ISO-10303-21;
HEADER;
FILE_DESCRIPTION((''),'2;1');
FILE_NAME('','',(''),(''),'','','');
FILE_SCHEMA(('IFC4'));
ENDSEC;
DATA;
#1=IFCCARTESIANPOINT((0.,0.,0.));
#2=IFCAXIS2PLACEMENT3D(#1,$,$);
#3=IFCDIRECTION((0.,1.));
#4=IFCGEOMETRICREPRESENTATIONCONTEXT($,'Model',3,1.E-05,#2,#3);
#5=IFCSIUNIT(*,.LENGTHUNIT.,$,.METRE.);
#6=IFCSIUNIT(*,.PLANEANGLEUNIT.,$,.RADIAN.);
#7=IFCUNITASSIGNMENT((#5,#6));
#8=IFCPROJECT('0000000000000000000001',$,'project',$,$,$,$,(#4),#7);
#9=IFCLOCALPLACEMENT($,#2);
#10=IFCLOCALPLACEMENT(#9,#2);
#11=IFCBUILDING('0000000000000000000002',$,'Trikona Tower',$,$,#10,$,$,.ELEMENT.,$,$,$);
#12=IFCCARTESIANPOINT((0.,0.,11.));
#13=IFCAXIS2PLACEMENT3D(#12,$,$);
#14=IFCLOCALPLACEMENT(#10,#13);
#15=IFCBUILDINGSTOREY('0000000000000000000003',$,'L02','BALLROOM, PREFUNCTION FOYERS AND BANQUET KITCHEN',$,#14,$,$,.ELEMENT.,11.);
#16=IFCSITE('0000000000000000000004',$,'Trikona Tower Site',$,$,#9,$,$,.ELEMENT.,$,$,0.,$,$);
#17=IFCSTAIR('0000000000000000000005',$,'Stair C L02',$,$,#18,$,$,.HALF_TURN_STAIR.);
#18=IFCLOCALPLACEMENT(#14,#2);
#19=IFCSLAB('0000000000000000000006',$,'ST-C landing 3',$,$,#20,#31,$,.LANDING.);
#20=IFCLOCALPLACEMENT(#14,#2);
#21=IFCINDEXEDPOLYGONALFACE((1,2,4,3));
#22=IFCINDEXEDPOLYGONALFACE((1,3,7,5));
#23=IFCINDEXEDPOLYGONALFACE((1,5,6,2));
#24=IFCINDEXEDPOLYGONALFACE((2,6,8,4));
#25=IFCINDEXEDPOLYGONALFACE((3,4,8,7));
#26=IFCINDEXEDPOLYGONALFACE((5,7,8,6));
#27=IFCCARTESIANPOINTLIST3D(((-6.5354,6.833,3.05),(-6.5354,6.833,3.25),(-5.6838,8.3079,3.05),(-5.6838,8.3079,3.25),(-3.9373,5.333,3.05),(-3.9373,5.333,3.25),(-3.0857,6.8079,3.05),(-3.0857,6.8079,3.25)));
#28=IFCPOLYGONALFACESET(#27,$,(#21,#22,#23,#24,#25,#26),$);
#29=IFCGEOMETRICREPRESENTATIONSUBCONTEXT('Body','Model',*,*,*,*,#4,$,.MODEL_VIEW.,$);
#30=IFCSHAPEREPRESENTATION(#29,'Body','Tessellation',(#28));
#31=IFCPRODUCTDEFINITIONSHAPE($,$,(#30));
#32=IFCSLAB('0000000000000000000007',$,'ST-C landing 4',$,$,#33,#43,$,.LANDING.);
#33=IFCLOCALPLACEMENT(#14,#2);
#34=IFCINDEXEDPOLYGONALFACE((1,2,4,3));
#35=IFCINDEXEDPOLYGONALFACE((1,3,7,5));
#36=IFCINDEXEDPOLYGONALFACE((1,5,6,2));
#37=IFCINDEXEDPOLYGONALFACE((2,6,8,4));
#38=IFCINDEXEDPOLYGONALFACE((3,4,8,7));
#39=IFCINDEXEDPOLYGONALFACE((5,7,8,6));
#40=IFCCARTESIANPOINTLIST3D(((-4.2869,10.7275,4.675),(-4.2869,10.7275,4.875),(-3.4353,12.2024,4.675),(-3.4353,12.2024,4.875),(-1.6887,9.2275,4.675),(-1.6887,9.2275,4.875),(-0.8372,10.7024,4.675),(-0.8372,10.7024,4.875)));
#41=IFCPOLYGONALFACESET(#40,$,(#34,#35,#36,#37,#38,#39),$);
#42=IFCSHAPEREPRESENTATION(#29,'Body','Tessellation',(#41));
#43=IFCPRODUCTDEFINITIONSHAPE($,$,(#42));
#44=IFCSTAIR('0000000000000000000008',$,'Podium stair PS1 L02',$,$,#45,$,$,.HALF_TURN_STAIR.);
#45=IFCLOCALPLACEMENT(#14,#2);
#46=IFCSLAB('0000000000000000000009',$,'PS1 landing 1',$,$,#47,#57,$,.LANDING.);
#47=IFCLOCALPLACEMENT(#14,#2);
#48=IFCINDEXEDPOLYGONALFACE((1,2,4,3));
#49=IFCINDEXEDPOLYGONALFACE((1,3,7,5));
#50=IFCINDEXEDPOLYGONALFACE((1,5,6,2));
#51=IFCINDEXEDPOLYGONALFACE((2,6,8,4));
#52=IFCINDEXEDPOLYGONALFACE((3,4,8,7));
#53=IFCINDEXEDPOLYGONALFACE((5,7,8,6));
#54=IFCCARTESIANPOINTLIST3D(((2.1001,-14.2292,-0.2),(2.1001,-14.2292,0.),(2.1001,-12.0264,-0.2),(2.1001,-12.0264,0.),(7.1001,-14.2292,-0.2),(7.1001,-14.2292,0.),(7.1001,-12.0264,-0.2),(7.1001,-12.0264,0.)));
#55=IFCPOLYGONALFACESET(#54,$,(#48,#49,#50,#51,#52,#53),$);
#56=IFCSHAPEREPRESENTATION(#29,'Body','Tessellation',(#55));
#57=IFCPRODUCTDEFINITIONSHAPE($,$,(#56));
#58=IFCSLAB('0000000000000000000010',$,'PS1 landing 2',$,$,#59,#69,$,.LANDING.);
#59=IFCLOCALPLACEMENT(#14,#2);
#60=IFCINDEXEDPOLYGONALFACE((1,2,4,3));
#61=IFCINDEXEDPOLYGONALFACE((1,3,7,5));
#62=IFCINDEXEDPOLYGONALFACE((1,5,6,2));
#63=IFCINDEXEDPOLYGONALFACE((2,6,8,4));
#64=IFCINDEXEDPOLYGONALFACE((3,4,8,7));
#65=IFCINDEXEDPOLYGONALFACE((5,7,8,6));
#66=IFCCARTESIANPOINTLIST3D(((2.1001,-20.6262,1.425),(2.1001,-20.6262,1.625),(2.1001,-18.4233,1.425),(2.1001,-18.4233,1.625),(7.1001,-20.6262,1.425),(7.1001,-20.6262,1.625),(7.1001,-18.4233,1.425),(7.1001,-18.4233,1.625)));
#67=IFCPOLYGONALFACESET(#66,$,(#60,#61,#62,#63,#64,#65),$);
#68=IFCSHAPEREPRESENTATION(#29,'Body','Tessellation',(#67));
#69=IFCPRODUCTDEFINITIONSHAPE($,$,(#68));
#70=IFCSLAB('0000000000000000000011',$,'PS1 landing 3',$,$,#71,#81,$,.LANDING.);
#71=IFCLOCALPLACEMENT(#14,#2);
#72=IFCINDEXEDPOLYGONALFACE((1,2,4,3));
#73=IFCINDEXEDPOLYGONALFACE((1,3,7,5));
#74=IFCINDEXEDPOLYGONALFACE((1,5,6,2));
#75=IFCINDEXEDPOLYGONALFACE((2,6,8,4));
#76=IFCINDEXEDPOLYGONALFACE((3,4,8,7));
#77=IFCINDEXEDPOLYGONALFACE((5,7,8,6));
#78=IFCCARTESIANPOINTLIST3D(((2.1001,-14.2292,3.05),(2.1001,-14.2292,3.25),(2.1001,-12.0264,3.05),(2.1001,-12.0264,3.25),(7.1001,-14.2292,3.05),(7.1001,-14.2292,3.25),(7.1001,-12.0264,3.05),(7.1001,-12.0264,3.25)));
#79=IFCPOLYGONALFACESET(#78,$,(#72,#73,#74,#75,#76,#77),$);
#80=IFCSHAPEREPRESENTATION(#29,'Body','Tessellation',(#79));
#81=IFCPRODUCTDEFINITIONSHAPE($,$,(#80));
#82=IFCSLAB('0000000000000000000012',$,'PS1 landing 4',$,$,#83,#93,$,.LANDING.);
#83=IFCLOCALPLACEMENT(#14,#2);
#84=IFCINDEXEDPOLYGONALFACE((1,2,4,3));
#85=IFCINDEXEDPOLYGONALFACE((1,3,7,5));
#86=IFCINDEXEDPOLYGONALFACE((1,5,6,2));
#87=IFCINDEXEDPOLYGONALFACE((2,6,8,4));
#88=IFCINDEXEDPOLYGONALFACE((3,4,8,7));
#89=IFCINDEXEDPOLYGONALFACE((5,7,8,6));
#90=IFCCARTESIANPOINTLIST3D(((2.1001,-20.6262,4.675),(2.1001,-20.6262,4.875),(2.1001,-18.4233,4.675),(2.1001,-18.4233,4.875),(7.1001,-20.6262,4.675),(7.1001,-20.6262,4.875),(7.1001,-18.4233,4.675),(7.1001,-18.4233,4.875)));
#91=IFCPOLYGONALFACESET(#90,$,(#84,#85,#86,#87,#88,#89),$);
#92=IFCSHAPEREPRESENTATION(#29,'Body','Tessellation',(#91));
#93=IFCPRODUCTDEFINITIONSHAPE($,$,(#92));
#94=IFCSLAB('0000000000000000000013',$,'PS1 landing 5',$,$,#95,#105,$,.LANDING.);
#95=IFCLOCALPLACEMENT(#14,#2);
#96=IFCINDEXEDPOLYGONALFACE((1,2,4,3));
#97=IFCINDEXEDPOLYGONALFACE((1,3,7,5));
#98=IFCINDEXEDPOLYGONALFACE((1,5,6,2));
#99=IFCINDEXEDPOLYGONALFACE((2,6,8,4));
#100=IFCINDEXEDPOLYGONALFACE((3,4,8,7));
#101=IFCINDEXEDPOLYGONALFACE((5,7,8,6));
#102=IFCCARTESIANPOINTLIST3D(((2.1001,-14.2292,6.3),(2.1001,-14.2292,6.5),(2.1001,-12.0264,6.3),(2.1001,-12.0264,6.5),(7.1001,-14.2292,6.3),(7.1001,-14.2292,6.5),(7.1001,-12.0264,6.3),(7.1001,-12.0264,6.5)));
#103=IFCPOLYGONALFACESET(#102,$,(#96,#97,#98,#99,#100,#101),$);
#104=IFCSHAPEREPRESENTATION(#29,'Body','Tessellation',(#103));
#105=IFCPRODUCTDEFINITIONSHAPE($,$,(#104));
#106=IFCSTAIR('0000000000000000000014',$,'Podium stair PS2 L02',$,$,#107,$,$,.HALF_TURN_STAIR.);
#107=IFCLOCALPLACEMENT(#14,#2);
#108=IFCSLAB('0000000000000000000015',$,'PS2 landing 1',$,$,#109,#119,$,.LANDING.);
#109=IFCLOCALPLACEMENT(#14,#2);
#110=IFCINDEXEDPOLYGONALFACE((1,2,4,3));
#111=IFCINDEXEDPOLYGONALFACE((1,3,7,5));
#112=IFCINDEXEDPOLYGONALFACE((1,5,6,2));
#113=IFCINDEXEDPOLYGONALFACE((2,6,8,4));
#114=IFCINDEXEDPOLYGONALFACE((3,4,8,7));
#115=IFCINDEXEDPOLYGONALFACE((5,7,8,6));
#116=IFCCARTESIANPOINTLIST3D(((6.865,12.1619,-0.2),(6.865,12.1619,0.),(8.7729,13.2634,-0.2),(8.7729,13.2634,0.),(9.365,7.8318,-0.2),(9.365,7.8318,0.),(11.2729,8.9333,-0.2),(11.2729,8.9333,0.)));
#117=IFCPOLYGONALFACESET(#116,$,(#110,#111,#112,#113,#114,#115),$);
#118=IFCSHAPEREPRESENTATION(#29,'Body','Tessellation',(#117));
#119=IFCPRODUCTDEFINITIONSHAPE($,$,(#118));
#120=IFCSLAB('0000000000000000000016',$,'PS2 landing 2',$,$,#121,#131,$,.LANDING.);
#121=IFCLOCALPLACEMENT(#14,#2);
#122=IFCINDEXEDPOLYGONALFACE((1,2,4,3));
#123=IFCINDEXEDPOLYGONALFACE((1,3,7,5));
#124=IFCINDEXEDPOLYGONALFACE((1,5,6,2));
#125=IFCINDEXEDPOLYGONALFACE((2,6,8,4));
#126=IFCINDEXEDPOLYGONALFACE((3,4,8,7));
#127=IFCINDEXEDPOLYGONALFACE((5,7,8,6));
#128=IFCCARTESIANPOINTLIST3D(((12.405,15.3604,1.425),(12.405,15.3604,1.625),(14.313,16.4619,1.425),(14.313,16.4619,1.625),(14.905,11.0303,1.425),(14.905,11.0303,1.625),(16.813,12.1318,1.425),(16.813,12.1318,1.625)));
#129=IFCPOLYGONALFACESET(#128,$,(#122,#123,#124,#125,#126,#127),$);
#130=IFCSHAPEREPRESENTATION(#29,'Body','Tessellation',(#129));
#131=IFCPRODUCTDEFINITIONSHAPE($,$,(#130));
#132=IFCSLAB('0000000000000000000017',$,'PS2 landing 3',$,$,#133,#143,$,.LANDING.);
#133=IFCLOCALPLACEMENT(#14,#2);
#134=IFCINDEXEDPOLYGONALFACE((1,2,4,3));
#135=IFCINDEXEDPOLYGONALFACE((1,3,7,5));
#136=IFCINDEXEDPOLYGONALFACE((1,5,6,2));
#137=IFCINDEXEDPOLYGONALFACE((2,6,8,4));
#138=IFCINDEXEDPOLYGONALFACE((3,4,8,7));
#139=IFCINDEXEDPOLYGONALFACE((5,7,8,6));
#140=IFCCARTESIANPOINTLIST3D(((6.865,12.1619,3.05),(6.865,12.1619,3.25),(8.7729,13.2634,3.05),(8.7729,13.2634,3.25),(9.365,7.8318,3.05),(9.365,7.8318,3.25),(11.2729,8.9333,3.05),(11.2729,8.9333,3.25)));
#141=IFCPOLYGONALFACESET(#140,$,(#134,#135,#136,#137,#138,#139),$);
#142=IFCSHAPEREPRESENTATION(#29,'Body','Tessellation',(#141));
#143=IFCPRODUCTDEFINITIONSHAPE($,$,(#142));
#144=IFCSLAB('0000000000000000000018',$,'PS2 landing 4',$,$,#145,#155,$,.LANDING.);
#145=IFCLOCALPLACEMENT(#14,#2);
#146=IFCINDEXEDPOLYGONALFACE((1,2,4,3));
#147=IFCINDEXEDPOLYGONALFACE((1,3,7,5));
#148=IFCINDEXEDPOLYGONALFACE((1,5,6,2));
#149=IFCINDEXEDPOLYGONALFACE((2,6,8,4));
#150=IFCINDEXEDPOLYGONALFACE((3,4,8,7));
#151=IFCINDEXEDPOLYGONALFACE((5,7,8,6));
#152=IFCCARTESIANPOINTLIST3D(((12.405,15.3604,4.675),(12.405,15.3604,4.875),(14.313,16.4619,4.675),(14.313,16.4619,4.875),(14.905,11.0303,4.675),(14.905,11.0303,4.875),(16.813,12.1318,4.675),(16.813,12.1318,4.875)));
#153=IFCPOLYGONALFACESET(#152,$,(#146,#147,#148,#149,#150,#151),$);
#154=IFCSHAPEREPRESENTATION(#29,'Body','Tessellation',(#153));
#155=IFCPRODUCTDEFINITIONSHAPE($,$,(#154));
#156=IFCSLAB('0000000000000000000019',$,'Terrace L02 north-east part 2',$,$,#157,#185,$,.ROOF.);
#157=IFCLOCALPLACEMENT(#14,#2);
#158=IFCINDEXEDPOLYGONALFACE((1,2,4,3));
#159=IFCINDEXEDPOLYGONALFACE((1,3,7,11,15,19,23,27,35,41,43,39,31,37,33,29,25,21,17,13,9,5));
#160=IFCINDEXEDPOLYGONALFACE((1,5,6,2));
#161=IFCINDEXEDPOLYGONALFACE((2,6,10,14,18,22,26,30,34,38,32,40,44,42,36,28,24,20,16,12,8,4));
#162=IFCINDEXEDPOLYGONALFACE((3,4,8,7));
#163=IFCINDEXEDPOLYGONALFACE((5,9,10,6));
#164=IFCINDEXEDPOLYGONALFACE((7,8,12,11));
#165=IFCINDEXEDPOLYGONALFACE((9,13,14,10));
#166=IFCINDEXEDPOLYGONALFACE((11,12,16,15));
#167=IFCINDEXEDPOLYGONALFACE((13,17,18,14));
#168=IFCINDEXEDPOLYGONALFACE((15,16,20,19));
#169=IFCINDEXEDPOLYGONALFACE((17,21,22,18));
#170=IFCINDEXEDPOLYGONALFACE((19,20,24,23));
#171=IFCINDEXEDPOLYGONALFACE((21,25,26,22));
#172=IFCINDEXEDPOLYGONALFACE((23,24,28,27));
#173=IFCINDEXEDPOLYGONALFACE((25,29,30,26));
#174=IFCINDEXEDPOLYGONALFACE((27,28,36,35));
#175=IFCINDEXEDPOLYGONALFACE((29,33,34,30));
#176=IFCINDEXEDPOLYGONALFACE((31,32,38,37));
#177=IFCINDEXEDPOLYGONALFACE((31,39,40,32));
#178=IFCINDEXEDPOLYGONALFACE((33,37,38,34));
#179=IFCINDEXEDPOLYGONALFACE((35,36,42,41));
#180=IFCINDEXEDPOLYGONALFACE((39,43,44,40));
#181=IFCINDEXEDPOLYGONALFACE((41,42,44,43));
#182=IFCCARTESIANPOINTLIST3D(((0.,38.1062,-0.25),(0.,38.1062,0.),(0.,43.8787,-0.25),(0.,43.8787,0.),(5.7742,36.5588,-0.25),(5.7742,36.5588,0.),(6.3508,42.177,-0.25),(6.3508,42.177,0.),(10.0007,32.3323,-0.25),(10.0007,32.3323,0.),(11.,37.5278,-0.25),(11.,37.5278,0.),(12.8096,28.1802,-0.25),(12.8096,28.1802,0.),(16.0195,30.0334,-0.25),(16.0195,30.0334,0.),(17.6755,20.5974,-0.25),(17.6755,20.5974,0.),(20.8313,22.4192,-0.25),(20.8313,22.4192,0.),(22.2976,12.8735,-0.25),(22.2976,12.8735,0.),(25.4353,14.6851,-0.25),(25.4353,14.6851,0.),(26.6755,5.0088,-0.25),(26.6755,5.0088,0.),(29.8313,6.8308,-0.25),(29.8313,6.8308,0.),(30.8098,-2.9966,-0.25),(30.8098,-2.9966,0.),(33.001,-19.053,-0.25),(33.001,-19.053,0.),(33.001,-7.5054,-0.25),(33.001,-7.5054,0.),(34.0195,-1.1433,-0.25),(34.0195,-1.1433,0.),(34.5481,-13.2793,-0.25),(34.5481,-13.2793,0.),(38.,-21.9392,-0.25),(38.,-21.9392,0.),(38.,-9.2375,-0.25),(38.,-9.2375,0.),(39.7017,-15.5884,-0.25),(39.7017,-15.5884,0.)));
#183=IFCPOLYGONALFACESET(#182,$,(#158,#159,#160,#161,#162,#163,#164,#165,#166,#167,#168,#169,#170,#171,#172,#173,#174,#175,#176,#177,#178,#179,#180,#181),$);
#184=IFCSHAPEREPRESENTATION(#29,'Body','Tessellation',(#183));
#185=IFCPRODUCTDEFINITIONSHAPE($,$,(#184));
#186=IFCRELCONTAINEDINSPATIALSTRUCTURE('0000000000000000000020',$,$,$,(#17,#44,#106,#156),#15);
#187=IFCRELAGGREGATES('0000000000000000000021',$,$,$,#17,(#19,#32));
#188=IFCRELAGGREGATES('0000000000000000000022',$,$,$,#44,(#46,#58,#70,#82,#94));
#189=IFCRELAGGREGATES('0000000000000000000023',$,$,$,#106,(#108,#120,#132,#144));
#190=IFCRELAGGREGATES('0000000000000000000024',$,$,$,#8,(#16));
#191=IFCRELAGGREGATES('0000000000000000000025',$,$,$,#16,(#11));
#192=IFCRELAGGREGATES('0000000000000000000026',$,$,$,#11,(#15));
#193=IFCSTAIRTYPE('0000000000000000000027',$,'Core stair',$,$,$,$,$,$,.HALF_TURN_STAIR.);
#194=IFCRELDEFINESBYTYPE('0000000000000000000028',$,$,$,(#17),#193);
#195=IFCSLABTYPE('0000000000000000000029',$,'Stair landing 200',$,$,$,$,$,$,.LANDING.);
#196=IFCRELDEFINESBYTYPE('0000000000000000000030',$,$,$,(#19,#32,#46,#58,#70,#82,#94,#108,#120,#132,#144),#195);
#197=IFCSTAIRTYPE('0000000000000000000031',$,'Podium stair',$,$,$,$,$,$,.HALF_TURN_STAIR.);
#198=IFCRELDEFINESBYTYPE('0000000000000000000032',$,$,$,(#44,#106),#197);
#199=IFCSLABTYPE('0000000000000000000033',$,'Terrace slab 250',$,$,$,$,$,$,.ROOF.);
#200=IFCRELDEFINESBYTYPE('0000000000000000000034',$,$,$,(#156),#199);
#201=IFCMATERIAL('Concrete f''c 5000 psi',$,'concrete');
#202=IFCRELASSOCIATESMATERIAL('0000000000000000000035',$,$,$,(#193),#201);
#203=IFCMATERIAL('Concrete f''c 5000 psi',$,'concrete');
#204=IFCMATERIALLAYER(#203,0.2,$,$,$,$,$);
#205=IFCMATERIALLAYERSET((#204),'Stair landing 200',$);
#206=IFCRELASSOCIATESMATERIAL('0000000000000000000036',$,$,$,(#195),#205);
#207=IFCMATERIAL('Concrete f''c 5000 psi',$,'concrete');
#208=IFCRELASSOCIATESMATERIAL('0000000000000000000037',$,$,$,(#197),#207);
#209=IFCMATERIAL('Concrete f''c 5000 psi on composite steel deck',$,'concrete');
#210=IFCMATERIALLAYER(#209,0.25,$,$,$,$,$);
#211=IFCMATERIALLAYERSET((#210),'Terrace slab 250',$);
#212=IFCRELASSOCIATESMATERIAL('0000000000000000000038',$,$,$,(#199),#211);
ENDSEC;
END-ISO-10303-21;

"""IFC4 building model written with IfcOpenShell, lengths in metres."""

from ifc_helpers import new_model, si_unit, direction, frame, origin, place, context, subcontext, project, spatial, polyline, outline, extrude, material, layer, layer_set, type_object, element, aggregate, save


model = new_model("IFC4")

# Units and contexts
model_context = context("Model", 3, precision=1e-05, world=origin(), true_north=direction((0.0, 1.0)))
body_context = subcontext(model_context, "Body", "Model", "MODEL_VIEW")
ifc_project = project(units=[si_unit("LENGTHUNIT", "METRE"), si_unit("PLANEANGLEUNIT", "RADIAN")], contexts=[model_context])

# Site, building, storey
site_placement = place(None, origin())
site = spatial("IfcSite", under=ifc_project, at=site_placement, Name="Trikona Tower Site", CompositionType="ELEMENT", RefElevation=0.0)
building_placement = place(site_placement, origin())
building = spatial("IfcBuilding", under=site, at=building_placement, Name="Trikona Tower", CompositionType="ELEMENT")
storey_placement = place(building_placement, frame((0.0, 0.0, 11.0)))
storey = spatial("IfcBuildingStorey", under=building, at=storey_placement, Name="L02", Description="BALLROOM, PREFUNCTION FOYERS AND BANQUET KITCHEN", CompositionType="ELEMENT", Elevation=11.0)

# Stairs, slabs
ifc_material_1 = material(Name="Concrete f'c 5000 psi", Category="concrete")
stair_type_1 = type_object("IfcStairType", Name="Core stair", PredefinedType="HALF_TURN_STAIR", material=ifc_material_1)
ifc_material_2 = material(Name="Concrete f'c 5000 psi", Category="concrete")
ifc_layer_1 = layer(ifc_material_2, 0.2)
ifc_layer_set_1 = layer_set([ifc_layer_1], Name="Stair landing 200")
slab_type_1 = type_object("IfcSlabType", Name="Stair landing 200", PredefinedType="LANDING", material=ifc_layer_set_1)
stair_1_placement = place(storey_placement, origin())
stair_1 = element("IfcStair", 1, at=stair_1_placement, inside=storey, type_object=stair_type_1, Name="Stair C L02", PredefinedType="HALF_TURN_STAIR")
slab_1_placement = place(storey_placement, frame((0.0, 0.0, 3.05)))
slab_1 = element("IfcSlab", 2, at=slab_1_placement, type_object=slab_type_1, Name="ST-C landing 3", PredefinedType="LANDING", context=body_context, shape_type="SweptSolid", body=[
    extrude(outline(polyline([(-3.0857, 6.8079), (-3.9373, 5.333), (-6.5354, 6.833), (-5.6838, 8.3079), (-3.0857, 6.8079)])), origin(), (0.0, 0.0, 1.0), 0.2),
])
slab_2_placement = place(storey_placement, frame((0.0, 0.0, 4.675)))
slab_2 = element("IfcSlab", 3, at=slab_2_placement, type_object=slab_type_1, Name="ST-C landing 4", PredefinedType="LANDING", context=body_context, shape_type="SweptSolid", body=[
    extrude(outline(polyline([(-0.8372, 10.7024), (-1.6887, 9.2275), (-4.2869, 10.7275), (-3.4353, 12.2024), (-0.8372, 10.7024)])), origin(), (0.0, 0.0, 1.0), 0.2),
])
aggregate(stair_1, [slab_1, slab_2])
ifc_material_3 = material(Name="Concrete f'c 5000 psi", Category="concrete")
stair_type_2 = type_object("IfcStairType", Name="Podium stair", PredefinedType="HALF_TURN_STAIR", material=ifc_material_3)
stair_2_placement = place(storey_placement, origin())
stair_2 = element("IfcStair", 4, at=stair_2_placement, inside=storey, type_object=stair_type_2, Name="Podium stair PS1 L02", PredefinedType="HALF_TURN_STAIR")
slab_3_placement = place(storey_placement, frame((0.0, 0.0, -0.2)))
slab_3 = element("IfcSlab", 5, at=slab_3_placement, type_object=slab_type_1, Name="PS1 landing 1", PredefinedType="LANDING", context=body_context, shape_type="SweptSolid", body=[
    extrude(outline(polyline([(2.1001, -12.0264), (7.1001, -12.0264), (7.1001, -14.2292), (2.1001, -14.2292), (2.1001, -12.0264)])), origin(), (0.0, 0.0, 1.0), 0.2),
])
slab_4_placement = place(storey_placement, frame((0.0, 0.0, 1.425)))
slab_4 = element("IfcSlab", 6, at=slab_4_placement, type_object=slab_type_1, Name="PS1 landing 2", PredefinedType="LANDING", context=body_context, shape_type="SweptSolid", body=[
    extrude(outline(polyline([(2.1001, -18.4233), (7.1001, -18.4233), (7.1001, -20.6262), (2.1001, -20.6262), (2.1001, -18.4233)])), origin(), (0.0, 0.0, 1.0), 0.2),
])
slab_5_placement = place(storey_placement, frame((0.0, 0.0, 3.05)))
slab_5 = element("IfcSlab", 7, at=slab_5_placement, type_object=slab_type_1, Name="PS1 landing 3", PredefinedType="LANDING", context=body_context, shape_type="SweptSolid", body=[
    extrude(outline(polyline([(2.1001, -12.0264), (7.1001, -12.0264), (7.1001, -14.2292), (2.1001, -14.2292), (2.1001, -12.0264)])), origin(), (0.0, 0.0, 1.0), 0.2),
])
slab_6_placement = place(storey_placement, frame((0.0, 0.0, 4.675)))
slab_6 = element("IfcSlab", 8, at=slab_6_placement, type_object=slab_type_1, Name="PS1 landing 4", PredefinedType="LANDING", context=body_context, shape_type="SweptSolid", body=[
    extrude(outline(polyline([(2.1001, -18.4233), (7.1001, -18.4233), (7.1001, -20.6262), (2.1001, -20.6262), (2.1001, -18.4233)])), origin(), (0.0, 0.0, 1.0), 0.2),
])
slab_7_placement = place(storey_placement, frame((0.0, 0.0, 6.3)))
slab_7 = element("IfcSlab", 9, at=slab_7_placement, type_object=slab_type_1, Name="PS1 landing 5", PredefinedType="LANDING", context=body_context, shape_type="SweptSolid", body=[
    extrude(outline(polyline([(2.1001, -12.0264), (7.1001, -12.0264), (7.1001, -14.2292), (2.1001, -14.2292), (2.1001, -12.0264)])), origin(), (0.0, 0.0, 1.0), 0.2),
])
aggregate(stair_2, [slab_3, slab_4, slab_5, slab_6, slab_7])
stair_3_placement = place(storey_placement, origin())
stair_3 = element("IfcStair", 10, at=stair_3_placement, inside=storey, type_object=stair_type_2, Name="Podium stair PS2 L02", PredefinedType="HALF_TURN_STAIR")
slab_8_placement = place(storey_placement, frame((0.0, 0.0, -0.2)))
slab_8 = element("IfcSlab", 11, at=slab_8_placement, type_object=slab_type_1, Name="PS2 landing 1", PredefinedType="LANDING", context=body_context, shape_type="SweptSolid", body=[
    extrude(outline(polyline([(9.365, 7.8318), (6.865, 12.1619), (8.7729, 13.2634), (11.2729, 8.9333), (9.365, 7.8318)])), origin(), (0.0, 0.0, 1.0), 0.2),
])
slab_9_placement = place(storey_placement, frame((0.0, 0.0, 1.425)))
slab_9 = element("IfcSlab", 12, at=slab_9_placement, type_object=slab_type_1, Name="PS2 landing 2", PredefinedType="LANDING", context=body_context, shape_type="SweptSolid", body=[
    extrude(outline(polyline([(14.905, 11.0303), (12.405, 15.3604), (14.313, 16.4619), (16.813, 12.1318), (14.905, 11.0303)])), origin(), (0.0, 0.0, 1.0), 0.2),
])
slab_10_placement = place(storey_placement, frame((0.0, 0.0, 3.05)))
slab_10 = element("IfcSlab", 13, at=slab_10_placement, type_object=slab_type_1, Name="PS2 landing 3", PredefinedType="LANDING", context=body_context, shape_type="SweptSolid", body=[
    extrude(outline(polyline([(9.365, 7.8318), (6.865, 12.1619), (8.7729, 13.2634), (11.2729, 8.9333), (9.365, 7.8318)])), origin(), (0.0, 0.0, 1.0), 0.2),
])
slab_11_placement = place(storey_placement, frame((0.0, 0.0, 4.675)))
slab_11 = element("IfcSlab", 14, at=slab_11_placement, type_object=slab_type_1, Name="PS2 landing 4", PredefinedType="LANDING", context=body_context, shape_type="SweptSolid", body=[
    extrude(outline(polyline([(14.905, 11.0303), (12.405, 15.3604), (14.313, 16.4619), (16.813, 12.1318), (14.905, 11.0303)])), origin(), (0.0, 0.0, 1.0), 0.2),
])
aggregate(stair_3, [slab_8, slab_9, slab_10, slab_11])

# Slab
ifc_material_4 = material(Name="Concrete f'c 5000 psi on composite steel deck", Category="concrete")
ifc_layer_2 = layer(ifc_material_4, 0.25)
ifc_layer_set_2 = layer_set([ifc_layer_2], Name="Terrace slab 250")
slab_type_2 = type_object("IfcSlabType", Name="Terrace slab 250", PredefinedType="ROOF", material=ifc_layer_set_2)
slab_12_placement = place(storey_placement, frame((0.0, 0.0, -0.25)))
element("IfcSlab", 15, at=slab_12_placement, inside=storey, type_object=slab_type_2, Name="Terrace L02 north-east part 2", PredefinedType="ROOF", context=body_context, shape_type="SweptSolid", body=[
    extrude(outline(polyline([(6.3508, 42.177), (0.0, 43.8787), (0.0, 38.1062), (5.7742, 36.5588), (10.0007, 32.3323), (12.8096, 28.1802), (17.6755, 20.5974), (22.2976, 12.8735), (26.6755, 5.0088), (30.8098, -2.9966), (33.001, -7.5054), (34.5481, -13.2793), (33.001, -19.053), (38.0, -21.9392), (39.7017, -15.5884), (38.0, -9.2375), (34.0195, -1.1433), (29.8313, 6.8308), (25.4353, 14.6851), (20.8313, 22.4192), (16.0195, 30.0334), (11.0, 37.5278), (6.3508, 42.177)])), origin(), (0.0, 0.0, 1.0), 0.25),
])

save(model, "model.ifc")
